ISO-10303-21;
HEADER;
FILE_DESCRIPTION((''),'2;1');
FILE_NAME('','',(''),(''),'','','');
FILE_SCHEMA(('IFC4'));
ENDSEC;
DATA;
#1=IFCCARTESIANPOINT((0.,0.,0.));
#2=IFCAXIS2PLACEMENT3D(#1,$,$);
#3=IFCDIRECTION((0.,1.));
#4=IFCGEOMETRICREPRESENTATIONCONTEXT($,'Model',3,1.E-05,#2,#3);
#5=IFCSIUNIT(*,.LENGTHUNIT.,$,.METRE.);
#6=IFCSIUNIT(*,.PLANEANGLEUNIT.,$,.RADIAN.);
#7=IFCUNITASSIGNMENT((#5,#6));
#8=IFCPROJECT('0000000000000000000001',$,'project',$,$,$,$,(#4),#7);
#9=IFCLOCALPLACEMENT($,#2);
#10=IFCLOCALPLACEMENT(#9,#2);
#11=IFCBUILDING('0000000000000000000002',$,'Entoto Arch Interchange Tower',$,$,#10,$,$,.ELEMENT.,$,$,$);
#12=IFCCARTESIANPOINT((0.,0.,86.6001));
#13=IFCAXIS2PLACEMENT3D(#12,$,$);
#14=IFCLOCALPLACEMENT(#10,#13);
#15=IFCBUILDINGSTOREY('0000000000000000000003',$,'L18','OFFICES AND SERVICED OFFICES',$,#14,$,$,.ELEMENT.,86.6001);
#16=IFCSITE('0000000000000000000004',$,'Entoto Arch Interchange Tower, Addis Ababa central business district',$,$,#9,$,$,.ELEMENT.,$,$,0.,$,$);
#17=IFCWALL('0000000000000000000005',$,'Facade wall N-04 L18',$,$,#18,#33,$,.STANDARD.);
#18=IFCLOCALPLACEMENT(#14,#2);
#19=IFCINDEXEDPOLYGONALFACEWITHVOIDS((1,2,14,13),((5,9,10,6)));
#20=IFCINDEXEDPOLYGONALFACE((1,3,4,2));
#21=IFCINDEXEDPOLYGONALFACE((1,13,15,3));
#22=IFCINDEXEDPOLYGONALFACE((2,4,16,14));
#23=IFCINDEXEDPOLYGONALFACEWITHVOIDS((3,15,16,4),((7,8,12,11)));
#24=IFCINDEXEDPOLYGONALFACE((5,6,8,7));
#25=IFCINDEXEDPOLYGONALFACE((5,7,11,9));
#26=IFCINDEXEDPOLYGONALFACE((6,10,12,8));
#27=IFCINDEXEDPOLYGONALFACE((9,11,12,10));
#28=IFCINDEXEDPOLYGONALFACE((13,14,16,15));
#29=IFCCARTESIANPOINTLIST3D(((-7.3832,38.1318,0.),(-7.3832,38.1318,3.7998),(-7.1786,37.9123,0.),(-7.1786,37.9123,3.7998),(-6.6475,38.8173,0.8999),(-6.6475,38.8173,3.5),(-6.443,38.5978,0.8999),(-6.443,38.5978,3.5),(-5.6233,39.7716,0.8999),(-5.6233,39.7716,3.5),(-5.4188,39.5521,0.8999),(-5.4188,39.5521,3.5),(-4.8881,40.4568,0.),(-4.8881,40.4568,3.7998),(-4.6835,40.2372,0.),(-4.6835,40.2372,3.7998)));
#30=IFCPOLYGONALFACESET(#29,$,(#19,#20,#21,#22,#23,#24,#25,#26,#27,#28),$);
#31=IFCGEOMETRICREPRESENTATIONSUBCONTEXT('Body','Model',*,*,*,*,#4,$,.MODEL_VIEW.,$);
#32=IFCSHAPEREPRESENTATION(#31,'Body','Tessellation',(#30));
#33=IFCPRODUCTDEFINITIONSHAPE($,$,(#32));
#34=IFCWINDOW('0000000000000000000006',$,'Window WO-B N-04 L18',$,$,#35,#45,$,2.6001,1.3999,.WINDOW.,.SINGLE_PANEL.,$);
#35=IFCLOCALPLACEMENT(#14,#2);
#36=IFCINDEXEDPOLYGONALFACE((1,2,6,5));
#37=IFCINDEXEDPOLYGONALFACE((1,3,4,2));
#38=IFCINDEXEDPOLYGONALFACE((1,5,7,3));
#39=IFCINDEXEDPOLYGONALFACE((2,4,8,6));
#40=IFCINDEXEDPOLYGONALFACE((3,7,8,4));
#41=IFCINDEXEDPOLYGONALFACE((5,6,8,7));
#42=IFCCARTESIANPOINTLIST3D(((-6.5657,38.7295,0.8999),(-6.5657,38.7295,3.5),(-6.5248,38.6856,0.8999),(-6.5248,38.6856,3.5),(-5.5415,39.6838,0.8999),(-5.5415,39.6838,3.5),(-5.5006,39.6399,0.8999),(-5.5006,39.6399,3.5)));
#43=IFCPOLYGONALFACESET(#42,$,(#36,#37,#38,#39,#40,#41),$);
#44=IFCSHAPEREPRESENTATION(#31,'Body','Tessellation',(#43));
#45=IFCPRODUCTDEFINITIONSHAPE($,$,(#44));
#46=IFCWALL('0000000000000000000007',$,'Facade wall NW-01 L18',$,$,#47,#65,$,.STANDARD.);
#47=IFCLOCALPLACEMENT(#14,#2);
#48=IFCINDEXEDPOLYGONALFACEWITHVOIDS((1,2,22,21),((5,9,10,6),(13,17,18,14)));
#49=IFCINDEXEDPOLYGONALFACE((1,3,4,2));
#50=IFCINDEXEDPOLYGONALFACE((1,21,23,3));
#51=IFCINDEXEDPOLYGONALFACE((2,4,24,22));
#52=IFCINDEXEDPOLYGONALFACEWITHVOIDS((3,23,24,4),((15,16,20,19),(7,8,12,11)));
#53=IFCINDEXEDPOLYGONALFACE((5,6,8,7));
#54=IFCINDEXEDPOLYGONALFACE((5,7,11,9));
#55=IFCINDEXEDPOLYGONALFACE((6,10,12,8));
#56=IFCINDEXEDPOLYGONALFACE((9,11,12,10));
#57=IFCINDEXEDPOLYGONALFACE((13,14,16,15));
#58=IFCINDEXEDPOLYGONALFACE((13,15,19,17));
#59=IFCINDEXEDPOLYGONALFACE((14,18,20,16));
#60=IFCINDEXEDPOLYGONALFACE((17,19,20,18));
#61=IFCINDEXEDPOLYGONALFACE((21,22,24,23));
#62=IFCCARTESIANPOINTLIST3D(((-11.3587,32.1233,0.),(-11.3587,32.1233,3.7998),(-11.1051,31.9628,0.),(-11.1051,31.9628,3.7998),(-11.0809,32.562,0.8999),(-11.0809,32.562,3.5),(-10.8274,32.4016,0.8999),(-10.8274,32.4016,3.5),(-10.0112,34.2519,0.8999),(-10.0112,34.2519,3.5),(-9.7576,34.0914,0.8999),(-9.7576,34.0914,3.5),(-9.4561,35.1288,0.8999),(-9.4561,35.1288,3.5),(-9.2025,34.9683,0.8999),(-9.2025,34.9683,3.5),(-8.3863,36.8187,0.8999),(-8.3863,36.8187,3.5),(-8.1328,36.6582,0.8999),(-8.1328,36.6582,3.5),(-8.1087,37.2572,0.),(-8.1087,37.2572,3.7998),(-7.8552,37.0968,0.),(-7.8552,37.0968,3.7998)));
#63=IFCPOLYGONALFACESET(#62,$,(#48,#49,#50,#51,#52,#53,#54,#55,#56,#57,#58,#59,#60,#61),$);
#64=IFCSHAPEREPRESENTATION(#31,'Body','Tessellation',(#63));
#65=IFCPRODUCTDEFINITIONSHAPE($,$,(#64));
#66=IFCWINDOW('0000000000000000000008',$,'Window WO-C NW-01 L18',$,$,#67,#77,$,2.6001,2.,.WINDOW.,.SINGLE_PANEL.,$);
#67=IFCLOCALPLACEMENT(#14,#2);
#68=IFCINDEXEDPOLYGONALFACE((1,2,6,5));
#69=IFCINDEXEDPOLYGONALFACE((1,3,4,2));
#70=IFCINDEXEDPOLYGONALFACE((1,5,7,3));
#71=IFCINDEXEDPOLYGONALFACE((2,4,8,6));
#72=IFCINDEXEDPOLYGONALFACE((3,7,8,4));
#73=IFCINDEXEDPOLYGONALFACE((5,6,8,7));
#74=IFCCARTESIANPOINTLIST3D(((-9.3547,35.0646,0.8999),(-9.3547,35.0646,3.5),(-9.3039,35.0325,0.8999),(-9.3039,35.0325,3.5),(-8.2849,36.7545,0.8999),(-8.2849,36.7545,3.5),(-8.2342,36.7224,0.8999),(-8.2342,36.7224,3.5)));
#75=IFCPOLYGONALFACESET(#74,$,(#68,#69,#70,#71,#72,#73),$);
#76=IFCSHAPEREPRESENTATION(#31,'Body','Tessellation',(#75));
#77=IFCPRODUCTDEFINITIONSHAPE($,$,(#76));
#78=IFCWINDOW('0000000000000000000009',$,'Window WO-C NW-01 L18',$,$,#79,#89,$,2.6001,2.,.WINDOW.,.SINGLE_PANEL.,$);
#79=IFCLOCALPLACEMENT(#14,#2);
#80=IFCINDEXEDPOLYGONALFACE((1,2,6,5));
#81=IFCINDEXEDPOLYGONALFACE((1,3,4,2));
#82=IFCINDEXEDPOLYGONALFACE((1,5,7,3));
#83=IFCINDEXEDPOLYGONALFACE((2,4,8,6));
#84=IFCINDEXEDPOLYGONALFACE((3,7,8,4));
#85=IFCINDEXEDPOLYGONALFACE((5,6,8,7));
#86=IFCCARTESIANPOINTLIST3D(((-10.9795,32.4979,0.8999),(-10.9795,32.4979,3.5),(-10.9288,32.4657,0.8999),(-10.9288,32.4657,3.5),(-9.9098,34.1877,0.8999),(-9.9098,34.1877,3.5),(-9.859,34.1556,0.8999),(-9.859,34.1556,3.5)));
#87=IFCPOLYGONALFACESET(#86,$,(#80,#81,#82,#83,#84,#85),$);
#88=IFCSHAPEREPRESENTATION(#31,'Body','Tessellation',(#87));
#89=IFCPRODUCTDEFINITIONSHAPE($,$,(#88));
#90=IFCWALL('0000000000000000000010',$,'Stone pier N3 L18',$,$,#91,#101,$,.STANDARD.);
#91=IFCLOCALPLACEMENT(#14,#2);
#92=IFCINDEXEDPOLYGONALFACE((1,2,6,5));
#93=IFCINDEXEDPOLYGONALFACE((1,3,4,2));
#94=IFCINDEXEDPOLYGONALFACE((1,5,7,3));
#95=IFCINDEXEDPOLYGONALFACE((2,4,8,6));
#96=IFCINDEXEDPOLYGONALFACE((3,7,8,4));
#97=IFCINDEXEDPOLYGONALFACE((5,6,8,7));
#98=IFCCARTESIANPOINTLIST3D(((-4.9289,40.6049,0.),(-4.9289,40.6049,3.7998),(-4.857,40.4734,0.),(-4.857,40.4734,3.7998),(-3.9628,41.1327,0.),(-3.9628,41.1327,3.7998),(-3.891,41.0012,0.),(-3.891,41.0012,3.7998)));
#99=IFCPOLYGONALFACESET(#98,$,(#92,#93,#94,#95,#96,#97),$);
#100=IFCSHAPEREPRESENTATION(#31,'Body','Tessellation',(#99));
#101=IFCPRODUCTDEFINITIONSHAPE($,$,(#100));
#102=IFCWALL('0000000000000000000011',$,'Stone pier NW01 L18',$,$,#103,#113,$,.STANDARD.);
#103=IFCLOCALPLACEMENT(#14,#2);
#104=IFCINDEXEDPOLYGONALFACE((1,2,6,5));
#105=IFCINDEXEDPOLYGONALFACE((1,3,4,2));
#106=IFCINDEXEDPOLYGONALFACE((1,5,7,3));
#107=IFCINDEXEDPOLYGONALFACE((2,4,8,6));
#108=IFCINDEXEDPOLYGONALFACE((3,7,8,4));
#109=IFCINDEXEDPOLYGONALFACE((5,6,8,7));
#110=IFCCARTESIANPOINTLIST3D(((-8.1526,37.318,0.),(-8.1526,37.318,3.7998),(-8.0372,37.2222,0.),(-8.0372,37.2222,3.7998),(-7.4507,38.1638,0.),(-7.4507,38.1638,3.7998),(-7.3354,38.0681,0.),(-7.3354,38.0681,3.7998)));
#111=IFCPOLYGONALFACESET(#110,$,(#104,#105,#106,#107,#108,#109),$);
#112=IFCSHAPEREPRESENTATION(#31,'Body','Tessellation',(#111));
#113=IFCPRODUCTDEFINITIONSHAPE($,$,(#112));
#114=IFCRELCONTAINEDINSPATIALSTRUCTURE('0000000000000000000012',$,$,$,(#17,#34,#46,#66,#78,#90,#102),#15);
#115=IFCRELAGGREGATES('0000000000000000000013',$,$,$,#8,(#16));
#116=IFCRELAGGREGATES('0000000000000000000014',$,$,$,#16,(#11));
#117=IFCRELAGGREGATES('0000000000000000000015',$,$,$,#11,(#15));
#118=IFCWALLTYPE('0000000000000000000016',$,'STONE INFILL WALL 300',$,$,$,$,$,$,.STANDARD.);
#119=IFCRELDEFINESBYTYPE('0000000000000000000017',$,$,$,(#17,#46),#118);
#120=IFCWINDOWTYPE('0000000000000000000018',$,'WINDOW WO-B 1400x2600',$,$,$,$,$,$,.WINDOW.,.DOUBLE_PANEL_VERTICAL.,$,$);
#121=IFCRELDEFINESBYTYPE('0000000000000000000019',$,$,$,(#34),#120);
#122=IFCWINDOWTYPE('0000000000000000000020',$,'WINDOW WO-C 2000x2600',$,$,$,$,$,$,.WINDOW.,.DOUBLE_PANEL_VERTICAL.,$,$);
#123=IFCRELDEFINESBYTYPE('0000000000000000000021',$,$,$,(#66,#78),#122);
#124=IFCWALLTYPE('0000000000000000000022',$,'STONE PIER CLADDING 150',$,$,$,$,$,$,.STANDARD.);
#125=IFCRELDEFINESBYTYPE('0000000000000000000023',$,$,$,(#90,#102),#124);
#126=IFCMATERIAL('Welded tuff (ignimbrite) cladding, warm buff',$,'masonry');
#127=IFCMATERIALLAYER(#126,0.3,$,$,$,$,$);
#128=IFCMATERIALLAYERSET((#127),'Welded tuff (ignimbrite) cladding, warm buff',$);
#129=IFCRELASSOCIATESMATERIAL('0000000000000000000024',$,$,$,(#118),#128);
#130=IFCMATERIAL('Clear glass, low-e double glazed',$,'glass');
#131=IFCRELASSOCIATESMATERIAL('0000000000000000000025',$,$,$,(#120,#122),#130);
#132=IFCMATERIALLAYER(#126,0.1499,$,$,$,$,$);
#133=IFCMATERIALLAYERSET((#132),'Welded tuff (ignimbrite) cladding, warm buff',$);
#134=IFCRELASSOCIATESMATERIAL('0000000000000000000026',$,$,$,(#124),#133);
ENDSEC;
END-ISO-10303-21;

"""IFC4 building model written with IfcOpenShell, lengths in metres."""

from ifc_helpers import new_model, si_unit, direction, frame, frame_2d, origin, place, context, subcontext, project, spatial, rectangle, extrude, material, layer, layer_set, type_object, element, fill, save


model = new_model("IFC4")

# Units and contexts
model_context = context("Model", 3, precision=1e-05, world=origin(), true_north=direction((0.0, 1.0)))
body_context = subcontext(model_context, "Body", "Model", "MODEL_VIEW")
ifc_project = project(units=[si_unit("LENGTHUNIT", "METRE"), si_unit("PLANEANGLEUNIT", "RADIAN")], contexts=[model_context])

# Site, building, storey
site_placement = place(None, origin())
site = spatial("IfcSite", under=ifc_project, at=site_placement, Name="Entoto Arch Interchange Tower, Addis Ababa central business district", CompositionType="ELEMENT", RefElevation=0.0)
building_placement = place(site_placement, origin())
building = spatial("IfcBuilding", under=site, at=building_placement, Name="Entoto Arch Interchange Tower", CompositionType="ELEMENT")
storey_placement = place(building_placement, frame((0.0, 0.0, 86.6001)))
storey = spatial("IfcBuildingStorey", under=building, at=storey_placement, Name="L18", Description="OFFICES AND SERVICED OFFICES", CompositionType="ELEMENT", Elevation=86.6001)

# Wall, opening, window
ifc_material_1 = material(Name="Welded tuff (ignimbrite) cladding, warm buff", Category="masonry")
ifc_layer_1 = layer(ifc_material_1, 0.3)
ifc_layer_set_1 = layer_set([ifc_layer_1], Name="Welded tuff (ignimbrite) cladding, warm buff")
wall_type_1 = type_object("IfcWallType", Name="STONE INFILL WALL 300", PredefinedType="STANDARD", material=ifc_layer_set_1)
ifc_material_2 = material(Name="Clear glass, low-e double glazed", Category="glass")
window_type_1 = type_object("IfcWindowType", Name="WINDOW WO-B 1400x2600", PartitioningType="DOUBLE_PANEL_VERTICAL", PredefinedType="WINDOW", material=ifc_material_2)
wall_1_placement = place(storey_placement, frame((-4.7859, 40.3469, 0.0), z_axis=(0.0, 0.0, 1.0), x_axis=(-0.731614, -0.681719, 0.0)))
wall_1 = element("IfcWall", 1, at=wall_1_placement, inside=storey, type_object=wall_type_1, Name="Facade wall N-04 L18", PredefinedType="STANDARD", context=body_context, shape_type="SweptSolid", body=[
    extrude(rectangle(XDim=3.4104, YDim=0.3, at=frame_2d((1.7051, 0.0))), origin(), (0.0, 0.0, 1.0), 3.7998),
])
opening_1_placement = place(wall_1_placement, frame((1.0049, 0.0, 0.8999)))
opening_1 = element("IfcOpeningElement", 2, at=opening_1_placement, cuts=wall_1, PredefinedType="OPENING", context=body_context, shape_type="SweptSolid", body=[
    extrude(rectangle(XDim=1.3999, YDim=2.6001, at=frame_2d((0.7, 1.3))), frame((0.0, 0.1602, 0.0), z_axis=(0.0, -1.0, 0.0), x_axis=(1.0, 0.0, 0.0)), (0.0, 0.0, 1.0), 0.3201),
])
window_1_placement = place(opening_1_placement, origin())
window_1 = element("IfcWindow", 3, at=window_1_placement, inside=storey, type_object=window_type_1, Name="Window WO-B N-04 L18", OverallHeight=2.6001, OverallWidth=1.3999, PartitioningType="SINGLE_PANEL", PredefinedType="WINDOW", context=body_context, shape_type="SweptSolid", body=[
    extrude(rectangle(XDim=1.3999, YDim=2.6001, at=frame_2d((0.7, 1.3))), frame((0.0, 0.03, 0.0), z_axis=(0.0, -1.0, 0.0), x_axis=(1.0, 0.0, 0.0)), (0.0, 0.0, 1.0), 0.0601),
])
fill(opening_1, window_1)

# Wall, openings, windows
wall_2_placement = place(storey_placement, frame((-7.9819, 37.177, 0.0), z_axis=(0.0, 0.0, 1.0), x_axis=(-0.534869, -0.844935, 0.0)))
wall_2 = element("IfcWall", 4, at=wall_2_placement, inside=storey, type_object=wall_type_1, Name="Facade wall NW-01 L18", PredefinedType="STANDARD", context=body_context, shape_type="SweptSolid", body=[
    extrude(rectangle(XDim=6.0762, YDim=0.3, at=frame_2d((3.0381, 0.0))), origin(), (0.0, 0.0, 1.0), 3.7998),
])
opening_2_placement = place(wall_2_placement, frame((0.519, 0.0, 0.8999)))
opening_2 = element("IfcOpeningElement", 5, at=opening_2_placement, cuts=wall_2, PredefinedType="OPENING", context=body_context, shape_type="SweptSolid", body=[
    extrude(rectangle(XDim=2.0, YDim=2.6001, at=frame_2d((1.0, 1.3))), frame((0.0, 0.1602, 0.0), z_axis=(0.0, -1.0, 0.0), x_axis=(1.0, 0.0, 0.0)), (0.0, 0.0, 1.0), 0.3201),
])
opening_3_placement = place(wall_2_placement, frame((3.5569, 0.0, 0.8999)))
opening_3 = element("IfcOpeningElement", 6, at=opening_3_placement, cuts=wall_2, PredefinedType="OPENING", context=body_context, shape_type="SweptSolid", body=[
    extrude(rectangle(XDim=2.0, YDim=2.6001, at=frame_2d((1.0, 1.3))), frame((0.0, 0.1602, 0.0), z_axis=(0.0, -1.0, 0.0), x_axis=(1.0, 0.0, 0.0)), (0.0, 0.0, 1.0), 0.3201),
])
window_type_2 = type_object("IfcWindowType", Name="WINDOW WO-C 2000x2600", PartitioningType="DOUBLE_PANEL_VERTICAL", PredefinedType="WINDOW", material=ifc_material_2)
window_2_placement = place(opening_2_placement, origin())
window_2 = element("IfcWindow", 7, at=window_2_placement, inside=storey, type_object=window_type_2, Name="Window WO-C NW-01 L18", OverallHeight=2.6001, OverallWidth=2.0, PartitioningType="SINGLE_PANEL", PredefinedType="WINDOW", context=body_context, shape_type="SweptSolid", body=[
    extrude(rectangle(XDim=2.0, YDim=2.6001, at=frame_2d((1.0, 1.3))), frame((0.0, 0.03, 0.0), z_axis=(0.0, -1.0, 0.0), x_axis=(1.0, 0.0, 0.0)), (0.0, 0.0, 1.0), 0.0601),
])
fill(opening_2, window_2)
window_3_placement = place(opening_3_placement, origin())
window_3 = element("IfcWindow", 8, at=window_3_placement, inside=storey, type_object=window_type_2, Name="Window WO-C NW-01 L18", OverallHeight=2.6001, OverallWidth=2.0, PartitioningType="SINGLE_PANEL", PredefinedType="WINDOW", context=body_context, shape_type="SweptSolid", body=[
    extrude(rectangle(XDim=2.0, YDim=2.6001, at=frame_2d((1.0, 1.3))), frame((0.0, 0.03, 0.0), z_axis=(0.0, -1.0, 0.0), x_axis=(1.0, 0.0, 0.0)), (0.0, 0.0, 1.0), 0.0601),
])
fill(opening_3, window_3)

# Walls
ifc_layer_2 = layer(ifc_material_1, 0.1499)
ifc_layer_set_2 = layer_set([ifc_layer_2], Name="Welded tuff (ignimbrite) cladding, warm buff")
wall_type_2 = type_object("IfcWallType", Name="STONE PIER CLADDING 150", PredefinedType="STANDARD", material=ifc_layer_set_2)
wall_3_placement = place(storey_placement, frame((-3.927, 41.0669, 0.0), z_axis=(0.0, 0.0, 1.0), x_axis=(-0.877556, -0.479474, 0.0)))
element("IfcWall", 9, at=wall_3_placement, inside=storey, type_object=wall_type_2, Name="Stone pier N3 L18", PredefinedType="STANDARD", context=body_context, shape_type="SweptSolid", body=[
    extrude(rectangle(XDim=1.1008, YDim=0.1499, at=frame_2d((0.5503, 0.0))), origin(), (0.0, 0.0, 1.0), 3.7998),
])
wall_4_placement = place(storey_placement, frame((-7.3931, 38.116, 0.0), z_axis=(0.0, 0.0, 1.0), x_axis=(-0.638544, -0.769585, 0.0)))
element("IfcWall", 10, at=wall_4_placement, inside=storey, type_object=wall_type_2, Name="Stone pier NW01 L18", PredefinedType="STANDARD", context=body_context, shape_type="SweptSolid", body=[
    extrude(rectangle(XDim=1.0991, YDim=0.1499, at=frame_2d((0.5496, 0.0))), origin(), (0.0, 0.0, 1.0), 3.7998),
])

save(model, "model.ifc")
